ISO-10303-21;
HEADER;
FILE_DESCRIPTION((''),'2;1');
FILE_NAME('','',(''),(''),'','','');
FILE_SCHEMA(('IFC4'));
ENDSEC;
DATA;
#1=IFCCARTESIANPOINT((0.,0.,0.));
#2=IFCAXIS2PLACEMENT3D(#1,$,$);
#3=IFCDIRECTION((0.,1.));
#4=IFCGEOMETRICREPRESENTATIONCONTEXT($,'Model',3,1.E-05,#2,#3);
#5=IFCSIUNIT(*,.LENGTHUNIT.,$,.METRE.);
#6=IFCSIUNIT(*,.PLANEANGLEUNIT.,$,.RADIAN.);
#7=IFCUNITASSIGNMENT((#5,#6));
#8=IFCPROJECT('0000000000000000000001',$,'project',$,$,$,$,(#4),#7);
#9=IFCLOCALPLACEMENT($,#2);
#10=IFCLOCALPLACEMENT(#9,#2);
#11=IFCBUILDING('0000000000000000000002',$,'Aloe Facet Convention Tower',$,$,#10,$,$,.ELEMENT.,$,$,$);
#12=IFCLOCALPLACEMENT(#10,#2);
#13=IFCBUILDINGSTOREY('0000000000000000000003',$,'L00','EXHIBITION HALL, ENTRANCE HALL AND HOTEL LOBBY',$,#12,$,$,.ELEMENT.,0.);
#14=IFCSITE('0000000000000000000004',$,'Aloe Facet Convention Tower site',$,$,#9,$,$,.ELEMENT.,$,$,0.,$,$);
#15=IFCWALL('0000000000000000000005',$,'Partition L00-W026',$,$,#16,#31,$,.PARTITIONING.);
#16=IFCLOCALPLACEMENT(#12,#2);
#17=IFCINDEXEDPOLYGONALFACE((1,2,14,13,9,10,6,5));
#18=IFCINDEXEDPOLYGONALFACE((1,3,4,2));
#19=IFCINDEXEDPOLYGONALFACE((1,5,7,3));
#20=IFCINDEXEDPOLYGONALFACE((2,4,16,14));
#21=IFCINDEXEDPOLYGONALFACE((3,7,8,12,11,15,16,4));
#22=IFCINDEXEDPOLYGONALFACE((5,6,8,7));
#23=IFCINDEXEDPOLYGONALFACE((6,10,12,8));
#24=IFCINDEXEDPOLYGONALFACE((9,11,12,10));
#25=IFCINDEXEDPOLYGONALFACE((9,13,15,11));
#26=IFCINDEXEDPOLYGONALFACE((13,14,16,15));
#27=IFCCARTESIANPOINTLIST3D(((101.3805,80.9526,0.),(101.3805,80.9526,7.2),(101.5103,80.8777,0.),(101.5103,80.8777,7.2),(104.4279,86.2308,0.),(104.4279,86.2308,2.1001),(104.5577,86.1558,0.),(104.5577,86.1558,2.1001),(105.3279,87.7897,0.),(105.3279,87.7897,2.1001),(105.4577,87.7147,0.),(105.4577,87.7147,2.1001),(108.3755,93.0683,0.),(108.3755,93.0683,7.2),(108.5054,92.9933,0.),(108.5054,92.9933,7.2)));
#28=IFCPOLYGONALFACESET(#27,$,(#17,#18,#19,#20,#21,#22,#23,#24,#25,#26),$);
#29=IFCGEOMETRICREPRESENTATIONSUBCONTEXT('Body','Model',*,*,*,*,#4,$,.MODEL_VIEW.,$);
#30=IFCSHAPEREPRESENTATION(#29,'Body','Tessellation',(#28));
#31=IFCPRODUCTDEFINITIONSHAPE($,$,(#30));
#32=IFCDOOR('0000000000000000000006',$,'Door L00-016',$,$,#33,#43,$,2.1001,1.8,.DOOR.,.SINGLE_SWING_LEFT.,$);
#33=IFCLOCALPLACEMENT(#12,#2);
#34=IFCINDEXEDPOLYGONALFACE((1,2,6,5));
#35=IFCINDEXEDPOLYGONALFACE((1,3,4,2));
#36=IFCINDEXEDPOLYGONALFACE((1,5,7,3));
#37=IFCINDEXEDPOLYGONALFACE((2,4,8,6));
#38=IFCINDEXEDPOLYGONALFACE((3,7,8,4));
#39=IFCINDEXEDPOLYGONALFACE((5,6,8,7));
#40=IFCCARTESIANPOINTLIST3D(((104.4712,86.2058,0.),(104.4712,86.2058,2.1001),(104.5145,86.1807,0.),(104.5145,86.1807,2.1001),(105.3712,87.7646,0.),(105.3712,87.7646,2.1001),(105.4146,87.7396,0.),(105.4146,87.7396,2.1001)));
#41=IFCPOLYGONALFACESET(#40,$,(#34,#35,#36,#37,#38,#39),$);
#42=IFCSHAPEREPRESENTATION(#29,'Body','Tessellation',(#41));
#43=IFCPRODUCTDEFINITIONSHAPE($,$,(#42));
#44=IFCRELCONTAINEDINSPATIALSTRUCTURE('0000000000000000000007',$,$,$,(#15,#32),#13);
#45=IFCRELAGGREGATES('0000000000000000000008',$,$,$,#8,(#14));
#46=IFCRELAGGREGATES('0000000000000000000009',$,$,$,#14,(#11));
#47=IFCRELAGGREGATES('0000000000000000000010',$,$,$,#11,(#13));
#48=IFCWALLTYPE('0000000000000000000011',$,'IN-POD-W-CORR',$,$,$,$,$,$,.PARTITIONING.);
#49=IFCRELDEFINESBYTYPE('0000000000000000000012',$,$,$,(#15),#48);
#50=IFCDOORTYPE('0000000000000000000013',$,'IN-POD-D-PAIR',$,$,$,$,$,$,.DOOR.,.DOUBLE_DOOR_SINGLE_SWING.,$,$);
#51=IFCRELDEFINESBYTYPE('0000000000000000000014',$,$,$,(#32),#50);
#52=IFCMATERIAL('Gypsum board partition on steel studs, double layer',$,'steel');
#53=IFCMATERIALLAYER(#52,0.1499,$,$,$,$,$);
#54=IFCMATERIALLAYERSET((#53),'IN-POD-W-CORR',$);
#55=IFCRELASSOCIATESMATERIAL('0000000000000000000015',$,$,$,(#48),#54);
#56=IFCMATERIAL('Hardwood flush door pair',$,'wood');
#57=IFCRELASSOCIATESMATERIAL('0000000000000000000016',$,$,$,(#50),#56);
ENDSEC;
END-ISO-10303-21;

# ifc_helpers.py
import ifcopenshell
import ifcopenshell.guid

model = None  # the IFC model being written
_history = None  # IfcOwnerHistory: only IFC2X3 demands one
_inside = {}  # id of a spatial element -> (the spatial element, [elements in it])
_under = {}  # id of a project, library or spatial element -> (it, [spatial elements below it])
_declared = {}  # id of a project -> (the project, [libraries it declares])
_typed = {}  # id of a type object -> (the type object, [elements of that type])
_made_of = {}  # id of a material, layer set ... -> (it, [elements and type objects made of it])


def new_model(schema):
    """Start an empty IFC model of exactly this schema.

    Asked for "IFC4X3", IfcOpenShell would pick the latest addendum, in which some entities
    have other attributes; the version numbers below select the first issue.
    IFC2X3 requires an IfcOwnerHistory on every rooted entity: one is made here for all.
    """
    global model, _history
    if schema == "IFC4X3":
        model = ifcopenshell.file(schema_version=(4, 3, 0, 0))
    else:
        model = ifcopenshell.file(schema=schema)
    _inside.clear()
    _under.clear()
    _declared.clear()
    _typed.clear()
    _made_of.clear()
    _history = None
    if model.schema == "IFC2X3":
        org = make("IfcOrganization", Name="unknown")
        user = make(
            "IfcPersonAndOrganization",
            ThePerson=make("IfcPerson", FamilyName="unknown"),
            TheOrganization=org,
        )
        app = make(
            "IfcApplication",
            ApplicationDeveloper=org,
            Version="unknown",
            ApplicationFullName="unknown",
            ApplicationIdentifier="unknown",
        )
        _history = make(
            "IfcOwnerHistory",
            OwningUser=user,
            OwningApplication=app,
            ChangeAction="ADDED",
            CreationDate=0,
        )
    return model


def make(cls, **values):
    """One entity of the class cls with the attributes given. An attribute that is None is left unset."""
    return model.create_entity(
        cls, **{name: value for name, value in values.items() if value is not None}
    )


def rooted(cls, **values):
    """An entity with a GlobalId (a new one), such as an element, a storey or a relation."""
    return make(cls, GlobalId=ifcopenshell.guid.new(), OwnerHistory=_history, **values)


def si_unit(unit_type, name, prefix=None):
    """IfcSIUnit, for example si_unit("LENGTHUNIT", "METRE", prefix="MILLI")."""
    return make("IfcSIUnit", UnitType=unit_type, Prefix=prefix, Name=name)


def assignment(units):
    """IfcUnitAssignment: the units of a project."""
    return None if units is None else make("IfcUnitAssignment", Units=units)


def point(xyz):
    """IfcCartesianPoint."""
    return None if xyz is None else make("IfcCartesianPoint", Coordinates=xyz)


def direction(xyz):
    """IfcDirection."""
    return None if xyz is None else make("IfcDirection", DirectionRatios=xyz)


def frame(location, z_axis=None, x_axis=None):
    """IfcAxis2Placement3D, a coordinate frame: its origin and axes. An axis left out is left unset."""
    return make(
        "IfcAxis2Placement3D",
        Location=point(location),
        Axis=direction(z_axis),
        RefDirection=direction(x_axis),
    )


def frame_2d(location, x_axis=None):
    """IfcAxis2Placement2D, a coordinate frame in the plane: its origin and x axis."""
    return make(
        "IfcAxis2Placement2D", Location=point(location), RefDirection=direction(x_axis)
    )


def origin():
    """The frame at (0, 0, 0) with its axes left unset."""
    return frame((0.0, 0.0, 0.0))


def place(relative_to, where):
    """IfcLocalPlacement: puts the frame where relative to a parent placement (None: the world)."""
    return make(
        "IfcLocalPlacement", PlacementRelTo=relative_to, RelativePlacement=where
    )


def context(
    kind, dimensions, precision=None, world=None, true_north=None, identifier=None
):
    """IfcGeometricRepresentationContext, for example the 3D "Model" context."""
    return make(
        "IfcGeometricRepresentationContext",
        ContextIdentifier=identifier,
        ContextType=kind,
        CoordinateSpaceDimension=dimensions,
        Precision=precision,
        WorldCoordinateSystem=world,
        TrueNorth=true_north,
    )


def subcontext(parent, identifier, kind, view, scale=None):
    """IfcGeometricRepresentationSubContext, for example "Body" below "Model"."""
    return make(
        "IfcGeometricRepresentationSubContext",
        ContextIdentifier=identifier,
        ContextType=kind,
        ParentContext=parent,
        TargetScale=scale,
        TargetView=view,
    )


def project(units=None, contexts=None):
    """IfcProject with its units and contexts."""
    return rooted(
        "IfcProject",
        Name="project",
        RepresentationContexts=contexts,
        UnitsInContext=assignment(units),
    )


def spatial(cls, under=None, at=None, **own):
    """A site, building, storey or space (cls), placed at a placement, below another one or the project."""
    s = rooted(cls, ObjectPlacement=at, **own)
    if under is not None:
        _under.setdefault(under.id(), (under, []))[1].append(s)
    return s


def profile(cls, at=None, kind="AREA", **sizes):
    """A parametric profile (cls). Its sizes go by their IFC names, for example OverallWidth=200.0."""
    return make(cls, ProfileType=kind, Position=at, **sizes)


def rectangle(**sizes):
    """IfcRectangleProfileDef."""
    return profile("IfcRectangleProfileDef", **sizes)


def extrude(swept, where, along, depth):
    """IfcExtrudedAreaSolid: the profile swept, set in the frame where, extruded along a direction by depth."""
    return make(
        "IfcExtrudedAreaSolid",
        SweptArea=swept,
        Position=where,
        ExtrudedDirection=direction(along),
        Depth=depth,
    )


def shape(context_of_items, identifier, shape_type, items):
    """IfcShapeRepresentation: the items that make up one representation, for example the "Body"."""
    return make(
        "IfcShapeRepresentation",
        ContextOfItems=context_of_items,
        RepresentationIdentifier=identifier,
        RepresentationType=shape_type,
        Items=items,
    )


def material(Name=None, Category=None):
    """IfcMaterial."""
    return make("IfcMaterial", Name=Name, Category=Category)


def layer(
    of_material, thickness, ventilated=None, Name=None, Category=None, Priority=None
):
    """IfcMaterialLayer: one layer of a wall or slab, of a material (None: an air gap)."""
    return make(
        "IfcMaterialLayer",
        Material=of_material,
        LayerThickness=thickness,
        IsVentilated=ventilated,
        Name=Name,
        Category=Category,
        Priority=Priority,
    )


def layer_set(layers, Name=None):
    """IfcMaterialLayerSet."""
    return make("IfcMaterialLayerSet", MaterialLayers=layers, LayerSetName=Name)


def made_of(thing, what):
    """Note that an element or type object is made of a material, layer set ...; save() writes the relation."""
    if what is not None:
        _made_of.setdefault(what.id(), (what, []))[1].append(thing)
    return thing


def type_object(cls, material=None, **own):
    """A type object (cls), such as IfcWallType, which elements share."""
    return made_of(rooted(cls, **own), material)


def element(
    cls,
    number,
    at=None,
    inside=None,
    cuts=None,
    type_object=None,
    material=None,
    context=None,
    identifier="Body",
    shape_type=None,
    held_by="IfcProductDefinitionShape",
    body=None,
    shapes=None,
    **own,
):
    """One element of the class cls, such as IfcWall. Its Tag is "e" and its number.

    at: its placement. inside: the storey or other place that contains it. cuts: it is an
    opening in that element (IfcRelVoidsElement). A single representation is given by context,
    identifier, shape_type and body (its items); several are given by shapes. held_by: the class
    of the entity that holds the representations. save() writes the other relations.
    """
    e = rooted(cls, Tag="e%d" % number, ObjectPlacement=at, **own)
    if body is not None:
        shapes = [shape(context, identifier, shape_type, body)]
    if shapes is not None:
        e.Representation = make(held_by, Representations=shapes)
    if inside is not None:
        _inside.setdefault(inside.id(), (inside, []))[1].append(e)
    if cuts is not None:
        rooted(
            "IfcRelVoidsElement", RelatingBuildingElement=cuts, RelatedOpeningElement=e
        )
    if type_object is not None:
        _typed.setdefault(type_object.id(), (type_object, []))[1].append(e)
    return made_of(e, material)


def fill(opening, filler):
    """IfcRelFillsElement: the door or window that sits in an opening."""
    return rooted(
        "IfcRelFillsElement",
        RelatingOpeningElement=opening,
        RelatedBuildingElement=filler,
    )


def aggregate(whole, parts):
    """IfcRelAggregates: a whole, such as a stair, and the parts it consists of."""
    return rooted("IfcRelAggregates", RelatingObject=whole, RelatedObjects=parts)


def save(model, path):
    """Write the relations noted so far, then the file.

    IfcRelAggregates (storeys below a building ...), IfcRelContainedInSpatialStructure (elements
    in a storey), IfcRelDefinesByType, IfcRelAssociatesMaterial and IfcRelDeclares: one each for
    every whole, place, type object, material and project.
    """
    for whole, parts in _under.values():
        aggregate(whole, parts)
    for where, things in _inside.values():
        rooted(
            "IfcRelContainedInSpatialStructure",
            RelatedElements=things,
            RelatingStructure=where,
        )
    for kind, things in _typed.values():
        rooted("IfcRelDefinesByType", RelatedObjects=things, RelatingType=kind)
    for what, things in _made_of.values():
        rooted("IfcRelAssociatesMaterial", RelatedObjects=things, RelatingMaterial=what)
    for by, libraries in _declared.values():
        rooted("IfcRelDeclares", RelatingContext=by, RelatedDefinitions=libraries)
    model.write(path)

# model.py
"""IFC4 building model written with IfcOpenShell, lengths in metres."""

from ifc_helpers import new_model, si_unit, direction, frame, frame_2d, origin, place, context, subcontext, project, spatial, rectangle, extrude, material, layer, layer_set, type_object, element, fill, save


model = new_model("IFC4")

# Units and contexts
model_context = context("Model", 3, precision=1e-05, world=origin(), true_north=direction((0.0, 1.0)))
body_context = subcontext(model_context, "Body", "Model", "MODEL_VIEW")
ifc_project = project(units=[si_unit("LENGTHUNIT", "METRE"), si_unit("PLANEANGLEUNIT", "RADIAN")], contexts=[model_context])

# Site, building, storey
site_placement = place(None, origin())
site = spatial("IfcSite", under=ifc_project, at=site_placement, Name="Aloe Facet Convention Tower site", CompositionType="ELEMENT", RefElevation=0.0)
building_placement = place(site_placement, origin())
building = spatial("IfcBuilding", under=site, at=building_placement, Name="Aloe Facet Convention Tower", CompositionType="ELEMENT")
storey_placement = place(building_placement, origin())
storey = spatial("IfcBuildingStorey", under=building, at=storey_placement, Name="L00", Description="EXHIBITION HALL, ENTRANCE HALL AND HOTEL LOBBY", CompositionType="ELEMENT", Elevation=0.0)

# Shared definitions
ifc_material_1 = material(Name="Gypsum board partition on steel studs, double layer", Category="steel")
ifc_layer_1 = layer(ifc_material_1, 0.1499)
ifc_layer_set_1 = layer_set([ifc_layer_1], Name="IN-POD-W-CORR")
wall_type_1 = type_object("IfcWallType", Name="IN-POD-W-CORR", PredefinedType="PARTITIONING", material=ifc_layer_set_1)

# Wall, opening, door
ifc_material_2 = material(Name="Hardwood flush door pair", Category="wood")
door_type = type_object("IfcDoorType", Name="IN-POD-D-PAIR", OperationType="DOUBLE_DOOR_SINGLE_SWING", PredefinedType="DOOR", material=ifc_material_2)
wall_1_placement = place(storey_placement, frame((101.4453, 80.915, 0.0), z_axis=(0.0, 0.0, 1.0), x_axis=(0.500005, 0.866022, 0.0)))
wall_1 = element("IfcWall", 1, at=wall_1_placement, inside=storey, type_object=wall_type_1, Name="Partition L00-W026", PredefinedType="PARTITIONING", context=body_context, shape_type="SweptSolid", body=[
    extrude(rectangle(XDim=13.99, YDim=0.1499, at=frame_2d((6.9951, 0.0))), origin(), (0.0, 0.0, 1.0), 7.2),
])
opening_1_placement = place(wall_1_placement, frame((6.095, 0.0, 0.0)))
opening_1 = element("IfcOpeningElement", 2, at=opening_1_placement, cuts=wall_1, PredefinedType="OPENING", context=body_context, shape_type="SweptSolid", body=[
    extrude(rectangle(XDim=1.8, YDim=2.1001, at=frame_2d((0.8999, 1.05))), frame((0.0, 0.085, 0.0), z_axis=(0.0, -1.0, 0.0), x_axis=(1.0, 0.0, 0.0)), (0.0, 0.0, 1.0), 0.1699),
])
door_1_placement = place(opening_1_placement, origin())
door_1 = element("IfcDoor", 3, at=door_1_placement, inside=storey, type_object=door_type, Name="Door L00-016", OperationType="SINGLE_SWING_LEFT", OverallHeight=2.1001, OverallWidth=1.8, PredefinedType="DOOR", context=body_context, shape_type="SweptSolid", body=[
    extrude(rectangle(XDim=1.8, YDim=2.1001, at=frame_2d((0.8999, 1.05))), frame((0.0, 0.0249, 0.0), z_axis=(0.0, -1.0, 0.0), x_axis=(1.0, 0.0, 0.0)), (0.0, 0.0, 1.0), 0.05),
])
fill(opening_1, door_1)

save(model, "model.ifc")
